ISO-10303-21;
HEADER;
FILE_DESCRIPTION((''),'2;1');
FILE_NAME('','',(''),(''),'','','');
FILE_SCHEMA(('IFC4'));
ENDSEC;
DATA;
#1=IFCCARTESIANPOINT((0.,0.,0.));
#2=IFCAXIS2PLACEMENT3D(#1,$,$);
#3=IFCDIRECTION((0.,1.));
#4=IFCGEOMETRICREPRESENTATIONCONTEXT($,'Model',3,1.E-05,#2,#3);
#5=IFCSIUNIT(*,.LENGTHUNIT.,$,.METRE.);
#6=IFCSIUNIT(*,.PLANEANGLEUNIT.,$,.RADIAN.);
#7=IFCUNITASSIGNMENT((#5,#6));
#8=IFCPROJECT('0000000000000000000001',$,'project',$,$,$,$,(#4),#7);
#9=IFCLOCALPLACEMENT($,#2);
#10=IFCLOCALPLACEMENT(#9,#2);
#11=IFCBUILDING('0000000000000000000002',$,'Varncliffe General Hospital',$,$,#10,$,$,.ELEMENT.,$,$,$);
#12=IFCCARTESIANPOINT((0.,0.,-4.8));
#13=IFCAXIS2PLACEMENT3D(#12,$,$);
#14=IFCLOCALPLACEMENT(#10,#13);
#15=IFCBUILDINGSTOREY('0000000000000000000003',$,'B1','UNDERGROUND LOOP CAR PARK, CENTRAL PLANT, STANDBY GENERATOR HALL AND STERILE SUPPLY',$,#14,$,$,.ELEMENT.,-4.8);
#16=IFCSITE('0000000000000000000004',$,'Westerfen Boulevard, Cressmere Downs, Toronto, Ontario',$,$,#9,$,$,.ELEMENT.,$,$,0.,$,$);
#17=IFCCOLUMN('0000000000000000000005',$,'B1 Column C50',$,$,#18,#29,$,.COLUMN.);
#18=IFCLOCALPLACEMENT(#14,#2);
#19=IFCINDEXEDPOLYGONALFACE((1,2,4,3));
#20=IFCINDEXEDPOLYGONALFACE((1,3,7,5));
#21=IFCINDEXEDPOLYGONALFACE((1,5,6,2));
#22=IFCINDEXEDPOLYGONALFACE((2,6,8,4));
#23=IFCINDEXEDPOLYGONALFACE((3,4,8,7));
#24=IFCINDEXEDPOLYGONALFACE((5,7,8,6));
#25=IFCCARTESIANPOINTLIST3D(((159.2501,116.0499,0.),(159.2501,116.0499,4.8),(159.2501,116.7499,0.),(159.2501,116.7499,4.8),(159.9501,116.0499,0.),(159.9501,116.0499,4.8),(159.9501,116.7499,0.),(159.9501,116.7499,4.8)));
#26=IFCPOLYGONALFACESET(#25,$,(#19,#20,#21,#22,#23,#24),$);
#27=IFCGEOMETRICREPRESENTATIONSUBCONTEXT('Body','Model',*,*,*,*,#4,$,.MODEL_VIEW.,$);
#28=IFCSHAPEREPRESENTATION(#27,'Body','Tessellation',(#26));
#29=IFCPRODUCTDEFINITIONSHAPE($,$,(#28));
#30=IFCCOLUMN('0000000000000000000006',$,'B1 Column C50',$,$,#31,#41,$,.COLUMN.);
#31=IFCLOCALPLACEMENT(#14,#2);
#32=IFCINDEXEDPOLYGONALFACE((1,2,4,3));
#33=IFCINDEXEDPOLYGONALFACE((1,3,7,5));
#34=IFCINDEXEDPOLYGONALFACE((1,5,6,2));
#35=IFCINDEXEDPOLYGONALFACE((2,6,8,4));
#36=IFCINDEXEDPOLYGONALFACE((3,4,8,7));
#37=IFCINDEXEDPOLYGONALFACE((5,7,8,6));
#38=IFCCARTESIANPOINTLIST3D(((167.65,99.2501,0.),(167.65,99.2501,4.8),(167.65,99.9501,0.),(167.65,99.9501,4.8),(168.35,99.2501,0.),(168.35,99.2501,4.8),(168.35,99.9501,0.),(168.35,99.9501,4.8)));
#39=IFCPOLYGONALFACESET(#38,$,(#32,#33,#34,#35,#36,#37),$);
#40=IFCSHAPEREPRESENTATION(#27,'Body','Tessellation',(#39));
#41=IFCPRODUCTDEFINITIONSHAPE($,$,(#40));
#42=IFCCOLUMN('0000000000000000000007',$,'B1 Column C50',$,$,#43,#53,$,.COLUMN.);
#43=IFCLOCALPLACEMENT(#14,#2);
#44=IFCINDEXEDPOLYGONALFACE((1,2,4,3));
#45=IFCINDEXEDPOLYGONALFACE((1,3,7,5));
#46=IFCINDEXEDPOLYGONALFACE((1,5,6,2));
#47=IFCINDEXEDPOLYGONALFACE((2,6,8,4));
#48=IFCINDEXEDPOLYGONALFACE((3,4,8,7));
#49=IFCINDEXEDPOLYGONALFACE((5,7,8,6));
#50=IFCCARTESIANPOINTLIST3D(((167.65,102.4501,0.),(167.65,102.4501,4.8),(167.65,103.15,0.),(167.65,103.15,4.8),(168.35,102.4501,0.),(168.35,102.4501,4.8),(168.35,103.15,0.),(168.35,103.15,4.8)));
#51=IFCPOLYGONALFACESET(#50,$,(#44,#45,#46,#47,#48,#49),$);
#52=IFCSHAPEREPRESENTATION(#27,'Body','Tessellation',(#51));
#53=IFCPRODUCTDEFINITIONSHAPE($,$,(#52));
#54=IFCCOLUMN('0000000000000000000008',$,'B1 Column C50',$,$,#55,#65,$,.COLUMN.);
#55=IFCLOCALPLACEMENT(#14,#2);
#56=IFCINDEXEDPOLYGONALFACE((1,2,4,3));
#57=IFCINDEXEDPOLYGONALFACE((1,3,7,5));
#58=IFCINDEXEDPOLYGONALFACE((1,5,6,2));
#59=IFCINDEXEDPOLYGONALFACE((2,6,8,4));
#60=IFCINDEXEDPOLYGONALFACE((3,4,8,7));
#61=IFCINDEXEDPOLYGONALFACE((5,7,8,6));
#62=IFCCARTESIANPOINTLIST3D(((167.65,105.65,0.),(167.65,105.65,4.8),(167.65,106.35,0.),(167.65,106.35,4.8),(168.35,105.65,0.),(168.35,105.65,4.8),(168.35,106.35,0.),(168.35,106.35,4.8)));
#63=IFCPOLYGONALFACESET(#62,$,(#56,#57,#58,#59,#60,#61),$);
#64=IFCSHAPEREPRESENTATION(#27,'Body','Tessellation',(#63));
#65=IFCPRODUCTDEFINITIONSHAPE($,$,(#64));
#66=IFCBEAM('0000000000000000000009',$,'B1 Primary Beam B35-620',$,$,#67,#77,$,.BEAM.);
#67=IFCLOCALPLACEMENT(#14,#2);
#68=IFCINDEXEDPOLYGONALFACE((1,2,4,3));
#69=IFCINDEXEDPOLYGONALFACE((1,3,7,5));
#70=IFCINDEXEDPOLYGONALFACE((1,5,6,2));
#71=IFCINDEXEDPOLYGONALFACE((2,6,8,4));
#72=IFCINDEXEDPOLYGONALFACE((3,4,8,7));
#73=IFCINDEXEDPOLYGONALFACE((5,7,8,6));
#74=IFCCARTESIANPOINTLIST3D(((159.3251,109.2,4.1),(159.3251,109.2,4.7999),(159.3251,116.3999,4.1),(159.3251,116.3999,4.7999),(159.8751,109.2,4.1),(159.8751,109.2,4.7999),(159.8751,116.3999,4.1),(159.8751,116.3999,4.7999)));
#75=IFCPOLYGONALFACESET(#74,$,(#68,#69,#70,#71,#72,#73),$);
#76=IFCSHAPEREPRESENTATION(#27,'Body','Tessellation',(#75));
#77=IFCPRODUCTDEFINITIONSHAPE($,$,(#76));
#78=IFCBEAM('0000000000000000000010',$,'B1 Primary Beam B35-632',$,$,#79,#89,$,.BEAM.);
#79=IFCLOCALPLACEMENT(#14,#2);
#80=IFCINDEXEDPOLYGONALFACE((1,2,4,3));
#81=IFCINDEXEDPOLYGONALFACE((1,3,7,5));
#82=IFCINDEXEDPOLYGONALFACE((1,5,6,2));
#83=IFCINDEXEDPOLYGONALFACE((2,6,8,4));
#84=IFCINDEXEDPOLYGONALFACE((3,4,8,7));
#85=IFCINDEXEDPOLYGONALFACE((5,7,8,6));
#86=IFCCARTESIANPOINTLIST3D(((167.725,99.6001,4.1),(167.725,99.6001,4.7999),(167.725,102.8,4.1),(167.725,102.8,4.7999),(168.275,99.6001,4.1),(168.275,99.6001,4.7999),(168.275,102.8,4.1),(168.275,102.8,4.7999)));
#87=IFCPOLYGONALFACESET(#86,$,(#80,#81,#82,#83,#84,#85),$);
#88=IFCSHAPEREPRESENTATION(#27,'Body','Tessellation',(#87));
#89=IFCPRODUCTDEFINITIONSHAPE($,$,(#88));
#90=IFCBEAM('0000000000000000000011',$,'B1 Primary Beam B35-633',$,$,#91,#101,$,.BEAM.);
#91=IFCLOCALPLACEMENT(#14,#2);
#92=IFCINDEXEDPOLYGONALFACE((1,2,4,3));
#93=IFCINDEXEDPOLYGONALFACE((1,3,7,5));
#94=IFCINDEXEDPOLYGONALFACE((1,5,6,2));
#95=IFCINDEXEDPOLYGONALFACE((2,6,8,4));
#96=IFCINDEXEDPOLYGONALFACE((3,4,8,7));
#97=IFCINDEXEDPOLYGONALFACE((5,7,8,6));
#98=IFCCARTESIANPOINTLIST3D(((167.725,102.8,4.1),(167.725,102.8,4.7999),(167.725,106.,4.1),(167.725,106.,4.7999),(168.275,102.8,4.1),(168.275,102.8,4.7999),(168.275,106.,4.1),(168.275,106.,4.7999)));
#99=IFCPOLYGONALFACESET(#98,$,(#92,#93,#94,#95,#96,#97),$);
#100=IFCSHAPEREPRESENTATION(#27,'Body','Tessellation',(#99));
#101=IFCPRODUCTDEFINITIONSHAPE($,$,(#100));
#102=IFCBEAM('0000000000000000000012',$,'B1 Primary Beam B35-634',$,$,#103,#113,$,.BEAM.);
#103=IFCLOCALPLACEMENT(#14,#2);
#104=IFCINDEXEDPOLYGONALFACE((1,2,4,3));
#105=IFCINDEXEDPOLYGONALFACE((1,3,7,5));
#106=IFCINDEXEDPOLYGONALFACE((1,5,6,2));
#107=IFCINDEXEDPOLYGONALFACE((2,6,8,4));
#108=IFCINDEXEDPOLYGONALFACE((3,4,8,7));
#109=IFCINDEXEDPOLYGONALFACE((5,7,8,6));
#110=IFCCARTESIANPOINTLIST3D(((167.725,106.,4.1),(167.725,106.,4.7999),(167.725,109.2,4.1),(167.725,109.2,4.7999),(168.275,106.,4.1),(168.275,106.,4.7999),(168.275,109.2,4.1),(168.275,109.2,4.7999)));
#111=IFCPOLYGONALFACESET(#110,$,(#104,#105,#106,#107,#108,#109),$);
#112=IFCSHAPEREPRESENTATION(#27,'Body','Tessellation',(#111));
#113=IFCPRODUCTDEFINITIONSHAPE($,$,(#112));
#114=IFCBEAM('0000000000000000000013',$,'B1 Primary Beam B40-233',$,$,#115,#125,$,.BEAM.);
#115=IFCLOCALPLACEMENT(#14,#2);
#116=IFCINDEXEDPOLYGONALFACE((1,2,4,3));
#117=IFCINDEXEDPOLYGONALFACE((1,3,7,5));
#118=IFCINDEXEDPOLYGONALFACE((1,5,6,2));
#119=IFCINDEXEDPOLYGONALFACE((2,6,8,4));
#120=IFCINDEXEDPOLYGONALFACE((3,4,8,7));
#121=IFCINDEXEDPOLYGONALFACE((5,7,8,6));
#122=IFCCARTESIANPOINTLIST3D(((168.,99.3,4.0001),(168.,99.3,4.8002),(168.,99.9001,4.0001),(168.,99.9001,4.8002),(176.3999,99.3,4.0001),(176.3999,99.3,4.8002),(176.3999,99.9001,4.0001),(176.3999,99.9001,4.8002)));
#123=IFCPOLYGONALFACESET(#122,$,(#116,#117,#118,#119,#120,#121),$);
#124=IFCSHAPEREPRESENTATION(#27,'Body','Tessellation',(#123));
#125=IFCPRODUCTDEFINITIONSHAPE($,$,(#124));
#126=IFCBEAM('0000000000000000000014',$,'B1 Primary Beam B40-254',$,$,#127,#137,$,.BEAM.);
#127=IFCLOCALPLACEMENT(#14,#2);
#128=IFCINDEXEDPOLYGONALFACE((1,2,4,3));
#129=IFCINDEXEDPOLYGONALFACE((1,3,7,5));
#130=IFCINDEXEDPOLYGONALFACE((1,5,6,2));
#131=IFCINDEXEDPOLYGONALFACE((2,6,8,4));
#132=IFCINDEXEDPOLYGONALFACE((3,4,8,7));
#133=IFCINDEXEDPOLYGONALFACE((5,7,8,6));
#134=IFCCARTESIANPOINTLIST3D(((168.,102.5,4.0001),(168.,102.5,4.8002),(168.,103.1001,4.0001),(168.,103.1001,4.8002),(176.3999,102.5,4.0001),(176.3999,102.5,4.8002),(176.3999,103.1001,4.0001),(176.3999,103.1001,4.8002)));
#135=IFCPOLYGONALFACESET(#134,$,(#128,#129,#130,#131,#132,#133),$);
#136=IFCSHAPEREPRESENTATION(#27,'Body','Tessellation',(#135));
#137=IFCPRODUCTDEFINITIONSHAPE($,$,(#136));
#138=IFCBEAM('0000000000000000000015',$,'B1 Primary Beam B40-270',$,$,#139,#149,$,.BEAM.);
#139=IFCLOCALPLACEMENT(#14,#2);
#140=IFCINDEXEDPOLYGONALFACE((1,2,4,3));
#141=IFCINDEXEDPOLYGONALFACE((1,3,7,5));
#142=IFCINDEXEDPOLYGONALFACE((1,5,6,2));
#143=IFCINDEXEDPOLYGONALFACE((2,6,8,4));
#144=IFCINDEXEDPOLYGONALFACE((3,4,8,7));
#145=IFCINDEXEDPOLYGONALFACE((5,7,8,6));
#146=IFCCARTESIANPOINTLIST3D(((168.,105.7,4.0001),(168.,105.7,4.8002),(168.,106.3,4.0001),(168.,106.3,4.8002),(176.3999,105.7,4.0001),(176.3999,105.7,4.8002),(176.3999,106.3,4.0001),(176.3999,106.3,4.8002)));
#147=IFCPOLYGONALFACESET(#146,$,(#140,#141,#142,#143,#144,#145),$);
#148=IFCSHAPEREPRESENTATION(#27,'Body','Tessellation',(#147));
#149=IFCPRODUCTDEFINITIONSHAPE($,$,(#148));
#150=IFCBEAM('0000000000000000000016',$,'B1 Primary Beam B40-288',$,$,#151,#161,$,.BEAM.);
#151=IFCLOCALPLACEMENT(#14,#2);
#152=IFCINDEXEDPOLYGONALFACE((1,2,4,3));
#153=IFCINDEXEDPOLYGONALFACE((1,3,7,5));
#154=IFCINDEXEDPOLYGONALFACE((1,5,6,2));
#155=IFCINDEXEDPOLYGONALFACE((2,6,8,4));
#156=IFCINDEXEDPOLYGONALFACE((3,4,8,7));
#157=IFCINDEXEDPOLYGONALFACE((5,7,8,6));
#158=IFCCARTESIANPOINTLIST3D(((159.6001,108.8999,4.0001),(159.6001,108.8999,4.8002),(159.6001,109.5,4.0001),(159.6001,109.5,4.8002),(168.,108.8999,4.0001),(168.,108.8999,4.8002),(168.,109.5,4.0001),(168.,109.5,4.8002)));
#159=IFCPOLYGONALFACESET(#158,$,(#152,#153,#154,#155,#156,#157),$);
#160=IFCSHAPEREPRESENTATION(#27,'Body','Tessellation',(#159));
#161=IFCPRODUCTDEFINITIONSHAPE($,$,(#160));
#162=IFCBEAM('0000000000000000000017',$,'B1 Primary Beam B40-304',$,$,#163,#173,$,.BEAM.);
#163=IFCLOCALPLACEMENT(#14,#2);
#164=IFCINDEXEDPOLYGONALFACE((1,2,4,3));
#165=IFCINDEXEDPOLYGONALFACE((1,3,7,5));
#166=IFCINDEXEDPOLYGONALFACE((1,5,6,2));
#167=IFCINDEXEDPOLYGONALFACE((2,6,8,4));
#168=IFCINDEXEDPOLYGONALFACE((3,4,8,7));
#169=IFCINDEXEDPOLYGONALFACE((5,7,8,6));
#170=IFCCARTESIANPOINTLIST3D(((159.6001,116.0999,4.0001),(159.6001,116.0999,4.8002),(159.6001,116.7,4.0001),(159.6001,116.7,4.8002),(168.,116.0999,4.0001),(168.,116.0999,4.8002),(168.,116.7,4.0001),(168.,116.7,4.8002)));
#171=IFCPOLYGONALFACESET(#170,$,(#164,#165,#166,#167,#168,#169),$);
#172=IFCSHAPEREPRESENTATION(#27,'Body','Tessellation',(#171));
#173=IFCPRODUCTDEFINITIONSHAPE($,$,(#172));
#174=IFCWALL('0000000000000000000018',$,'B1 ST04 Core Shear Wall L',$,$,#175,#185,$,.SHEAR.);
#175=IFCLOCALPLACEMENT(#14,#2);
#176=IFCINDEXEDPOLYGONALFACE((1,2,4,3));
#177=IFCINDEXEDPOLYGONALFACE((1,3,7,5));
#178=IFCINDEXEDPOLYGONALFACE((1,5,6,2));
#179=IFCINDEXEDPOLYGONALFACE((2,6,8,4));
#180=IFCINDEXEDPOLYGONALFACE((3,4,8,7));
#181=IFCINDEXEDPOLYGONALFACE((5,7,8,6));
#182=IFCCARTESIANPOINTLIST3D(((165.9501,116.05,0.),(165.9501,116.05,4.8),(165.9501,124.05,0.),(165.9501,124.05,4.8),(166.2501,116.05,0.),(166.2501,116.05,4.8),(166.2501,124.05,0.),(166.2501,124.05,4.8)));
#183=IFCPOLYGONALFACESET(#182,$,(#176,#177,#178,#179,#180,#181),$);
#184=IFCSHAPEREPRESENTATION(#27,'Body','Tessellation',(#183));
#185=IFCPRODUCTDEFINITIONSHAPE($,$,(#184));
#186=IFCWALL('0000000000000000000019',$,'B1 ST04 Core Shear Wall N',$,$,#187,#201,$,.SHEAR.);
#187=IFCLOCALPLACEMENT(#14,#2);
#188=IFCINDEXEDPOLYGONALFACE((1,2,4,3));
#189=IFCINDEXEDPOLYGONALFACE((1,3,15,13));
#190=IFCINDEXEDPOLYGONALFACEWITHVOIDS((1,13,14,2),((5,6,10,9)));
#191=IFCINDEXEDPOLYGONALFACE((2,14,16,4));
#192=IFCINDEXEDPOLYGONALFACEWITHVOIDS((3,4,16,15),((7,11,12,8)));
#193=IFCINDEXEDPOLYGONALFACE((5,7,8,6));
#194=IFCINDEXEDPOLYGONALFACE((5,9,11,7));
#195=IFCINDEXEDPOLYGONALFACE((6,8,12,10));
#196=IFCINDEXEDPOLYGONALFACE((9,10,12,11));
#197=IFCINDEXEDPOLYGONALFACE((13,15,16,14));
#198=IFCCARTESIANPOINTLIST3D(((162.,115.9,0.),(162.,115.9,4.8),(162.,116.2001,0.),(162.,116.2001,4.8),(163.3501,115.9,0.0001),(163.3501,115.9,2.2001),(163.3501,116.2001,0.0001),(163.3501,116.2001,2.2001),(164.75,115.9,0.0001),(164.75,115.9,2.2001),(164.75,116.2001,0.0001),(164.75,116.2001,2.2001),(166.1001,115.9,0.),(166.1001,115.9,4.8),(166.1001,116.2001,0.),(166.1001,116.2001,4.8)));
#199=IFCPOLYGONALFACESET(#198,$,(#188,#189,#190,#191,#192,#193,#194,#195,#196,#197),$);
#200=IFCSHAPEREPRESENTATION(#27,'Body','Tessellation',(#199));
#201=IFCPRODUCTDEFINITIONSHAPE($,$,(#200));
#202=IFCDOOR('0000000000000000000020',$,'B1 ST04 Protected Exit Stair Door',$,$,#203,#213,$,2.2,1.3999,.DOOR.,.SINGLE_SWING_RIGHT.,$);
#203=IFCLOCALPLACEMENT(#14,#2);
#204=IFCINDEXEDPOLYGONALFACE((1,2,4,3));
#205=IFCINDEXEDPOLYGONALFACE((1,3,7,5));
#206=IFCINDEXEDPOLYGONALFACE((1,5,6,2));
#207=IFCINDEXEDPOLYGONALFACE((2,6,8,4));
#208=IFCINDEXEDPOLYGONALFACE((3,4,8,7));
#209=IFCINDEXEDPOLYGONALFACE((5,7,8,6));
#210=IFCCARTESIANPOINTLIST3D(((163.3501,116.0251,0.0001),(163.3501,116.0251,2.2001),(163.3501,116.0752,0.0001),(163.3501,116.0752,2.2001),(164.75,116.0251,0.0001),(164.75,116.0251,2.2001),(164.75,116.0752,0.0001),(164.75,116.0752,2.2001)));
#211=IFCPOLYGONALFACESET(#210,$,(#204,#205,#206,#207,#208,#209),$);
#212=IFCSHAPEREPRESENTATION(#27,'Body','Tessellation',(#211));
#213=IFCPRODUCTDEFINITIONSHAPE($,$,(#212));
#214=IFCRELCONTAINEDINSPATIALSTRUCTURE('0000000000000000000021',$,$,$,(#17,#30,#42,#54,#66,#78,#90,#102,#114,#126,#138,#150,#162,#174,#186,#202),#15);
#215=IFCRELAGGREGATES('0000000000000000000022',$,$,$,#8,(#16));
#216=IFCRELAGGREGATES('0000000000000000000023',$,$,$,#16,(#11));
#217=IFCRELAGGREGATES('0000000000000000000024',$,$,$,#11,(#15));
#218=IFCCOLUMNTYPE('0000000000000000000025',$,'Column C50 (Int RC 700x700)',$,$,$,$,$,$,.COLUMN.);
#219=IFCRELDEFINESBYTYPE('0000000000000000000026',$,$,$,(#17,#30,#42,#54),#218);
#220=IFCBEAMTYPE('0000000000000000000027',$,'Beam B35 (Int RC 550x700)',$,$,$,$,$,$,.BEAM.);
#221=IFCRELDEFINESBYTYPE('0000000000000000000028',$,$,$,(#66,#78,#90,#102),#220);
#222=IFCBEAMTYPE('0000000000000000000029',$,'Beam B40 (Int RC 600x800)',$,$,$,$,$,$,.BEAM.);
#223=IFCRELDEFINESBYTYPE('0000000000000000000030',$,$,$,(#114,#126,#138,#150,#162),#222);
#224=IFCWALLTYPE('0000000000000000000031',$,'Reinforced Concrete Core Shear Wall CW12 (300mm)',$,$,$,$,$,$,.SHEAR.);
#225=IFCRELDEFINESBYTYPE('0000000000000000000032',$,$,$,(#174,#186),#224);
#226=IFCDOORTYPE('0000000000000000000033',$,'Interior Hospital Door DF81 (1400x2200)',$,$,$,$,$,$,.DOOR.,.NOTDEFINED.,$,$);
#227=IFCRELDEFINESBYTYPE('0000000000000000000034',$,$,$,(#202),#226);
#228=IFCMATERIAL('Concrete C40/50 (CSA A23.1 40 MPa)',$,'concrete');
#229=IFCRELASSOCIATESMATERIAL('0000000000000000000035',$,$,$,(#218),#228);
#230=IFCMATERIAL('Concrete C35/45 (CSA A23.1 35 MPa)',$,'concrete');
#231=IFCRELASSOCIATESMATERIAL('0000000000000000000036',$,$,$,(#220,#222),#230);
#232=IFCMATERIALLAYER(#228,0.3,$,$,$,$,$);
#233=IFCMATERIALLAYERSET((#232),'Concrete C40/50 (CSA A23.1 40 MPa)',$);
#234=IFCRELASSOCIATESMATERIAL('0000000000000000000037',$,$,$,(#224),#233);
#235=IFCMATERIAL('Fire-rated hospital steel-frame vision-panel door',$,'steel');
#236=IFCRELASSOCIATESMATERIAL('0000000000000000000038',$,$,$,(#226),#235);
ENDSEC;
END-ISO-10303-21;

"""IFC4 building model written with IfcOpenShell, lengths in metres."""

from ifc_helpers import new_model, si_unit, direction, frame, frame_2d, origin, origin_2d, place, context, subcontext, project, spatial, rectangle, extrude, material, layer, layer_set, material_profile, profile_set, type_object, element, fill, save


model = new_model("IFC4")

# Units and contexts
model_context = context("Model", 3, precision=1e-05, world=origin(), true_north=direction((0.0, 1.0)))
body_context = subcontext(model_context, "Body", "Model", "MODEL_VIEW")
ifc_project = project(units=[si_unit("LENGTHUNIT", "METRE"), si_unit("PLANEANGLEUNIT", "RADIAN")], contexts=[model_context])

# Site, building, storey
site_placement = place(None, origin())
site = spatial("IfcSite", under=ifc_project, at=site_placement, Name="Westerfen Boulevard, Cressmere Downs, Toronto, Ontario", CompositionType="ELEMENT", RefElevation=0.0)
building_placement = place(site_placement, origin())
building = spatial("IfcBuilding", under=site, at=building_placement, Name="Varncliffe General Hospital", CompositionType="ELEMENT")
storey_placement = place(building_placement, frame((0.0, 0.0, -4.8)))
storey = spatial("IfcBuildingStorey", under=building, at=storey_placement, Name="B1", Description="UNDERGROUND LOOP CAR PARK, CENTRAL PLANT, STANDBY GENERATOR HALL AND STERILE SUPPLY", CompositionType="ELEMENT", Elevation=-4.8)

# Shared definitions
ifc_material_1 = material(Name="Concrete C40/50 (CSA A23.1 40 MPa)", Category="concrete")

# Columns
ifc_material_profile_1 = material_profile(ifc_material_1, rectangle(XDim=0.7, YDim=0.7, at=origin_2d()), Name="RC 700x700")
ifc_profile_set_1 = profile_set([ifc_material_profile_1], Name="Concrete C40/50 (CSA A23.1 40 MPa)")
column_type = type_object("IfcColumnType", Name="Column C50 (Int RC 700x700)", PredefinedType="COLUMN", material=ifc_profile_set_1)
for number, where, z_axis, x_axis, name in (
    (1, (159.6001, 116.3999, 0.0), (0.0, 0.0, 1.0), (1.0, 0.0, 0.0), "B1 Column C50"),
    (2, (168.0, 99.6001, 0.0), (0.0, 0.0, 1.0), (1.0, 0.0, 0.0), "B1 Column C50"),
    (3, (168.0, 102.8, 0.0), (0.0, 0.0, 1.0), (1.0, 0.0, 0.0), "B1 Column C50"),
    (4, (168.0, 106.0, 0.0), (0.0, 0.0, 1.0), (1.0, 0.0, 0.0), "B1 Column C50"),
):
    element("IfcColumn", number, at=place(storey_placement, frame(where, z_axis=z_axis, x_axis=x_axis)), inside=storey, type_object=column_type, Name=name, PredefinedType="COLUMN", context=body_context, shape_type="SweptSolid", body=[
        extrude(rectangle(XDim=0.7, YDim=0.7, at=origin_2d()), origin(), (0.0, 0.0, 1.0), 4.8),
    ])

# Beams
ifc_material_2 = material(Name="Concrete C35/45 (CSA A23.1 35 MPa)", Category="concrete")
ifc_material_profile_2 = material_profile(ifc_material_2, rectangle(XDim=0.55, YDim=0.7, at=origin_2d()), Name="RC 550x700")
ifc_profile_set_2 = profile_set([ifc_material_profile_2], Name="Concrete C35/45 (CSA A23.1 35 MPa)")
beam_type_1 = type_object("IfcBeamType", Name="Beam B35 (Int RC 550x700)", PredefinedType="BEAM", material=ifc_profile_set_2)
beam_placement = place(storey_placement, frame((159.6001, 109.2, 4.45), z_axis=(0.0, 1.0, 0.0), x_axis=(-1.0, 0.0, 0.0)))
element("IfcBeam", 5, at=beam_placement, inside=storey, type_object=beam_type_1, Name="B1 Primary Beam B35-620", PredefinedType="BEAM", context=body_context, shape_type="SweptSolid", body=[
    extrude(rectangle(XDim=0.55, YDim=0.7, at=origin_2d()), origin(), (0.0, 0.0, 1.0), 7.2),
])
for number, where, z_axis, x_axis, name in (
    (6, (168.0, 99.6001, 4.45), (0.0, 1.0, 0.0), (-1.0, 0.0, 0.0), "B1 Primary Beam B35-632"),
    (7, (168.0, 102.8, 4.45), (0.0, 1.0, 0.0), (-1.0, 0.0, 0.0), "B1 Primary Beam B35-633"),
    (8, (168.0, 106.0, 4.45), (0.0, 1.0, 0.0), (-1.0, 0.0, 0.0), "B1 Primary Beam B35-634"),
):
    element("IfcBeam", number, at=place(storey_placement, frame(where, z_axis=z_axis, x_axis=x_axis)), inside=storey, type_object=beam_type_1, Name=name, PredefinedType="BEAM", context=body_context, shape_type="SweptSolid", body=[
        extrude(rectangle(XDim=0.55, YDim=0.7, at=origin_2d()), origin(), (0.0, 0.0, 1.0), 3.2),
    ])
ifc_material_profile_3 = material_profile(ifc_material_2, rectangle(XDim=0.6001, YDim=0.8, at=origin_2d()), Name="RC 600x800")
ifc_profile_set_3 = profile_set([ifc_material_profile_3], Name="Concrete C35/45 (CSA A23.1 35 MPa)")
beam_type_2 = type_object("IfcBeamType", Name="Beam B40 (Int RC 600x800)", PredefinedType="BEAM", material=ifc_profile_set_3)
for number, where, z_axis, x_axis, name in (
    (9, (168.0, 99.6001, 4.4001), (1.0, 0.0, 0.0), (0.0, 1.0, 0.0), "B1 Primary Beam B40-233"),
    (10, (168.0, 102.8, 4.4001), (1.0, 0.0, 0.0), (0.0, 1.0, 0.0), "B1 Primary Beam B40-254"),
    (11, (168.0, 106.0, 4.4001), (1.0, 0.0, 0.0), (0.0, 1.0, 0.0), "B1 Primary Beam B40-270"),
    (12, (159.6001, 109.2, 4.4001), (1.0, 0.0, 0.0), (0.0, 1.0, 0.0), "B1 Primary Beam B40-288"),
    (13, (159.6001, 116.3999, 4.4001), (1.0, 0.0, 0.0), (0.0, 1.0, 0.0), "B1 Primary Beam B40-304"),
):
    element("IfcBeam", number, at=place(storey_placement, frame(where, z_axis=z_axis, x_axis=x_axis)), inside=storey, type_object=beam_type_2, Name=name, PredefinedType="BEAM", context=body_context, shape_type="SweptSolid", body=[
        extrude(rectangle(XDim=0.6001, YDim=0.8, at=origin_2d()), origin(), (0.0, 0.0, 1.0), 8.3999),
    ])

# Wall
ifc_layer = layer(ifc_material_1, 0.3)
ifc_layer_set = layer_set([ifc_layer], Name="Concrete C40/50 (CSA A23.1 40 MPa)")
wall_type = type_object("IfcWallType", Name="Reinforced Concrete Core Shear Wall CW12 (300mm)", PredefinedType="SHEAR", material=ifc_layer_set)
wall_1_placement = place(storey_placement, frame((166.1001, 116.05, 0.0), z_axis=(0.0, 0.0, 1.0), x_axis=(0.0, 1.0, 0.0)))
element("IfcWall", 14, at=wall_1_placement, inside=storey, type_object=wall_type, Name="B1 ST04 Core Shear Wall L", PredefinedType="SHEAR", context=body_context, shape_type="SweptSolid", body=[
    extrude(rectangle(XDim=8.0, YDim=0.3, at=frame_2d((4.0, 0.0))), origin(), (0.0, 0.0, 1.0), 4.8),
])

# Wall, opening, door
wall_2_placement = place(storey_placement, frame((162.0, 116.05, 0.0), z_axis=(0.0, 0.0, 1.0), x_axis=(1.0, 0.0, 0.0)))
wall_2 = element("IfcWall", 15, at=wall_2_placement, inside=storey, type_object=wall_type, Name="B1 ST04 Core Shear Wall N", PredefinedType="SHEAR", context=body_context, shape_type="SweptSolid", body=[
    extrude(rectangle(XDim=4.1001, YDim=0.3, at=frame_2d((2.05, 0.0))), origin(), (0.0, 0.0, 1.0), 4.8),
])
opening_placement = place(wall_2_placement, frame((1.3501, 0.0, 0.0)))
opening = element("IfcOpeningElement", 16, at=opening_placement, cuts=wall_2, PredefinedType="OPENING", context=body_context, shape_type="SweptSolid", body=[
    extrude(rectangle(XDim=1.3999, YDim=2.2, at=frame_2d((0.7, 1.1001))), frame((0.0, 0.1602, 0.0), z_axis=(0.0, -1.0, 0.0), x_axis=(1.0, 0.0, 0.0)), (0.0, 0.0, 1.0), 0.3201),
])
ifc_material_3 = material(Name="Fire-rated hospital steel-frame vision-panel door", Category="steel")
door_type = type_object("IfcDoorType", Name="Interior Hospital Door DF81 (1400x2200)", OperationType="NOTDEFINED", PredefinedType="DOOR", material=ifc_material_3)
door_placement = place(opening_placement, frame((1.3999, 0.0, 0.0), z_axis=(0.0, 0.0, 1.0), x_axis=(-1.0, 0.0, 0.0)))
door = element("IfcDoor", 17, at=door_placement, inside=storey, type_object=door_type, Name="B1 ST04 Protected Exit Stair Door", OperationType="SINGLE_SWING_RIGHT", OverallHeight=2.2, OverallWidth=1.3999, PredefinedType="DOOR", context=body_context, shape_type="SweptSolid", body=[
    extrude(rectangle(XDim=1.3999, YDim=2.2, at=frame_2d((0.7, 1.1001))), frame((0.0, 0.0249, 0.0), z_axis=(0.0, -1.0, 0.0), x_axis=(1.0, 0.0, 0.0)), (0.0, 0.0, 1.0), 0.05),
])
fill(opening, door)

save(model, "model.ifc")
